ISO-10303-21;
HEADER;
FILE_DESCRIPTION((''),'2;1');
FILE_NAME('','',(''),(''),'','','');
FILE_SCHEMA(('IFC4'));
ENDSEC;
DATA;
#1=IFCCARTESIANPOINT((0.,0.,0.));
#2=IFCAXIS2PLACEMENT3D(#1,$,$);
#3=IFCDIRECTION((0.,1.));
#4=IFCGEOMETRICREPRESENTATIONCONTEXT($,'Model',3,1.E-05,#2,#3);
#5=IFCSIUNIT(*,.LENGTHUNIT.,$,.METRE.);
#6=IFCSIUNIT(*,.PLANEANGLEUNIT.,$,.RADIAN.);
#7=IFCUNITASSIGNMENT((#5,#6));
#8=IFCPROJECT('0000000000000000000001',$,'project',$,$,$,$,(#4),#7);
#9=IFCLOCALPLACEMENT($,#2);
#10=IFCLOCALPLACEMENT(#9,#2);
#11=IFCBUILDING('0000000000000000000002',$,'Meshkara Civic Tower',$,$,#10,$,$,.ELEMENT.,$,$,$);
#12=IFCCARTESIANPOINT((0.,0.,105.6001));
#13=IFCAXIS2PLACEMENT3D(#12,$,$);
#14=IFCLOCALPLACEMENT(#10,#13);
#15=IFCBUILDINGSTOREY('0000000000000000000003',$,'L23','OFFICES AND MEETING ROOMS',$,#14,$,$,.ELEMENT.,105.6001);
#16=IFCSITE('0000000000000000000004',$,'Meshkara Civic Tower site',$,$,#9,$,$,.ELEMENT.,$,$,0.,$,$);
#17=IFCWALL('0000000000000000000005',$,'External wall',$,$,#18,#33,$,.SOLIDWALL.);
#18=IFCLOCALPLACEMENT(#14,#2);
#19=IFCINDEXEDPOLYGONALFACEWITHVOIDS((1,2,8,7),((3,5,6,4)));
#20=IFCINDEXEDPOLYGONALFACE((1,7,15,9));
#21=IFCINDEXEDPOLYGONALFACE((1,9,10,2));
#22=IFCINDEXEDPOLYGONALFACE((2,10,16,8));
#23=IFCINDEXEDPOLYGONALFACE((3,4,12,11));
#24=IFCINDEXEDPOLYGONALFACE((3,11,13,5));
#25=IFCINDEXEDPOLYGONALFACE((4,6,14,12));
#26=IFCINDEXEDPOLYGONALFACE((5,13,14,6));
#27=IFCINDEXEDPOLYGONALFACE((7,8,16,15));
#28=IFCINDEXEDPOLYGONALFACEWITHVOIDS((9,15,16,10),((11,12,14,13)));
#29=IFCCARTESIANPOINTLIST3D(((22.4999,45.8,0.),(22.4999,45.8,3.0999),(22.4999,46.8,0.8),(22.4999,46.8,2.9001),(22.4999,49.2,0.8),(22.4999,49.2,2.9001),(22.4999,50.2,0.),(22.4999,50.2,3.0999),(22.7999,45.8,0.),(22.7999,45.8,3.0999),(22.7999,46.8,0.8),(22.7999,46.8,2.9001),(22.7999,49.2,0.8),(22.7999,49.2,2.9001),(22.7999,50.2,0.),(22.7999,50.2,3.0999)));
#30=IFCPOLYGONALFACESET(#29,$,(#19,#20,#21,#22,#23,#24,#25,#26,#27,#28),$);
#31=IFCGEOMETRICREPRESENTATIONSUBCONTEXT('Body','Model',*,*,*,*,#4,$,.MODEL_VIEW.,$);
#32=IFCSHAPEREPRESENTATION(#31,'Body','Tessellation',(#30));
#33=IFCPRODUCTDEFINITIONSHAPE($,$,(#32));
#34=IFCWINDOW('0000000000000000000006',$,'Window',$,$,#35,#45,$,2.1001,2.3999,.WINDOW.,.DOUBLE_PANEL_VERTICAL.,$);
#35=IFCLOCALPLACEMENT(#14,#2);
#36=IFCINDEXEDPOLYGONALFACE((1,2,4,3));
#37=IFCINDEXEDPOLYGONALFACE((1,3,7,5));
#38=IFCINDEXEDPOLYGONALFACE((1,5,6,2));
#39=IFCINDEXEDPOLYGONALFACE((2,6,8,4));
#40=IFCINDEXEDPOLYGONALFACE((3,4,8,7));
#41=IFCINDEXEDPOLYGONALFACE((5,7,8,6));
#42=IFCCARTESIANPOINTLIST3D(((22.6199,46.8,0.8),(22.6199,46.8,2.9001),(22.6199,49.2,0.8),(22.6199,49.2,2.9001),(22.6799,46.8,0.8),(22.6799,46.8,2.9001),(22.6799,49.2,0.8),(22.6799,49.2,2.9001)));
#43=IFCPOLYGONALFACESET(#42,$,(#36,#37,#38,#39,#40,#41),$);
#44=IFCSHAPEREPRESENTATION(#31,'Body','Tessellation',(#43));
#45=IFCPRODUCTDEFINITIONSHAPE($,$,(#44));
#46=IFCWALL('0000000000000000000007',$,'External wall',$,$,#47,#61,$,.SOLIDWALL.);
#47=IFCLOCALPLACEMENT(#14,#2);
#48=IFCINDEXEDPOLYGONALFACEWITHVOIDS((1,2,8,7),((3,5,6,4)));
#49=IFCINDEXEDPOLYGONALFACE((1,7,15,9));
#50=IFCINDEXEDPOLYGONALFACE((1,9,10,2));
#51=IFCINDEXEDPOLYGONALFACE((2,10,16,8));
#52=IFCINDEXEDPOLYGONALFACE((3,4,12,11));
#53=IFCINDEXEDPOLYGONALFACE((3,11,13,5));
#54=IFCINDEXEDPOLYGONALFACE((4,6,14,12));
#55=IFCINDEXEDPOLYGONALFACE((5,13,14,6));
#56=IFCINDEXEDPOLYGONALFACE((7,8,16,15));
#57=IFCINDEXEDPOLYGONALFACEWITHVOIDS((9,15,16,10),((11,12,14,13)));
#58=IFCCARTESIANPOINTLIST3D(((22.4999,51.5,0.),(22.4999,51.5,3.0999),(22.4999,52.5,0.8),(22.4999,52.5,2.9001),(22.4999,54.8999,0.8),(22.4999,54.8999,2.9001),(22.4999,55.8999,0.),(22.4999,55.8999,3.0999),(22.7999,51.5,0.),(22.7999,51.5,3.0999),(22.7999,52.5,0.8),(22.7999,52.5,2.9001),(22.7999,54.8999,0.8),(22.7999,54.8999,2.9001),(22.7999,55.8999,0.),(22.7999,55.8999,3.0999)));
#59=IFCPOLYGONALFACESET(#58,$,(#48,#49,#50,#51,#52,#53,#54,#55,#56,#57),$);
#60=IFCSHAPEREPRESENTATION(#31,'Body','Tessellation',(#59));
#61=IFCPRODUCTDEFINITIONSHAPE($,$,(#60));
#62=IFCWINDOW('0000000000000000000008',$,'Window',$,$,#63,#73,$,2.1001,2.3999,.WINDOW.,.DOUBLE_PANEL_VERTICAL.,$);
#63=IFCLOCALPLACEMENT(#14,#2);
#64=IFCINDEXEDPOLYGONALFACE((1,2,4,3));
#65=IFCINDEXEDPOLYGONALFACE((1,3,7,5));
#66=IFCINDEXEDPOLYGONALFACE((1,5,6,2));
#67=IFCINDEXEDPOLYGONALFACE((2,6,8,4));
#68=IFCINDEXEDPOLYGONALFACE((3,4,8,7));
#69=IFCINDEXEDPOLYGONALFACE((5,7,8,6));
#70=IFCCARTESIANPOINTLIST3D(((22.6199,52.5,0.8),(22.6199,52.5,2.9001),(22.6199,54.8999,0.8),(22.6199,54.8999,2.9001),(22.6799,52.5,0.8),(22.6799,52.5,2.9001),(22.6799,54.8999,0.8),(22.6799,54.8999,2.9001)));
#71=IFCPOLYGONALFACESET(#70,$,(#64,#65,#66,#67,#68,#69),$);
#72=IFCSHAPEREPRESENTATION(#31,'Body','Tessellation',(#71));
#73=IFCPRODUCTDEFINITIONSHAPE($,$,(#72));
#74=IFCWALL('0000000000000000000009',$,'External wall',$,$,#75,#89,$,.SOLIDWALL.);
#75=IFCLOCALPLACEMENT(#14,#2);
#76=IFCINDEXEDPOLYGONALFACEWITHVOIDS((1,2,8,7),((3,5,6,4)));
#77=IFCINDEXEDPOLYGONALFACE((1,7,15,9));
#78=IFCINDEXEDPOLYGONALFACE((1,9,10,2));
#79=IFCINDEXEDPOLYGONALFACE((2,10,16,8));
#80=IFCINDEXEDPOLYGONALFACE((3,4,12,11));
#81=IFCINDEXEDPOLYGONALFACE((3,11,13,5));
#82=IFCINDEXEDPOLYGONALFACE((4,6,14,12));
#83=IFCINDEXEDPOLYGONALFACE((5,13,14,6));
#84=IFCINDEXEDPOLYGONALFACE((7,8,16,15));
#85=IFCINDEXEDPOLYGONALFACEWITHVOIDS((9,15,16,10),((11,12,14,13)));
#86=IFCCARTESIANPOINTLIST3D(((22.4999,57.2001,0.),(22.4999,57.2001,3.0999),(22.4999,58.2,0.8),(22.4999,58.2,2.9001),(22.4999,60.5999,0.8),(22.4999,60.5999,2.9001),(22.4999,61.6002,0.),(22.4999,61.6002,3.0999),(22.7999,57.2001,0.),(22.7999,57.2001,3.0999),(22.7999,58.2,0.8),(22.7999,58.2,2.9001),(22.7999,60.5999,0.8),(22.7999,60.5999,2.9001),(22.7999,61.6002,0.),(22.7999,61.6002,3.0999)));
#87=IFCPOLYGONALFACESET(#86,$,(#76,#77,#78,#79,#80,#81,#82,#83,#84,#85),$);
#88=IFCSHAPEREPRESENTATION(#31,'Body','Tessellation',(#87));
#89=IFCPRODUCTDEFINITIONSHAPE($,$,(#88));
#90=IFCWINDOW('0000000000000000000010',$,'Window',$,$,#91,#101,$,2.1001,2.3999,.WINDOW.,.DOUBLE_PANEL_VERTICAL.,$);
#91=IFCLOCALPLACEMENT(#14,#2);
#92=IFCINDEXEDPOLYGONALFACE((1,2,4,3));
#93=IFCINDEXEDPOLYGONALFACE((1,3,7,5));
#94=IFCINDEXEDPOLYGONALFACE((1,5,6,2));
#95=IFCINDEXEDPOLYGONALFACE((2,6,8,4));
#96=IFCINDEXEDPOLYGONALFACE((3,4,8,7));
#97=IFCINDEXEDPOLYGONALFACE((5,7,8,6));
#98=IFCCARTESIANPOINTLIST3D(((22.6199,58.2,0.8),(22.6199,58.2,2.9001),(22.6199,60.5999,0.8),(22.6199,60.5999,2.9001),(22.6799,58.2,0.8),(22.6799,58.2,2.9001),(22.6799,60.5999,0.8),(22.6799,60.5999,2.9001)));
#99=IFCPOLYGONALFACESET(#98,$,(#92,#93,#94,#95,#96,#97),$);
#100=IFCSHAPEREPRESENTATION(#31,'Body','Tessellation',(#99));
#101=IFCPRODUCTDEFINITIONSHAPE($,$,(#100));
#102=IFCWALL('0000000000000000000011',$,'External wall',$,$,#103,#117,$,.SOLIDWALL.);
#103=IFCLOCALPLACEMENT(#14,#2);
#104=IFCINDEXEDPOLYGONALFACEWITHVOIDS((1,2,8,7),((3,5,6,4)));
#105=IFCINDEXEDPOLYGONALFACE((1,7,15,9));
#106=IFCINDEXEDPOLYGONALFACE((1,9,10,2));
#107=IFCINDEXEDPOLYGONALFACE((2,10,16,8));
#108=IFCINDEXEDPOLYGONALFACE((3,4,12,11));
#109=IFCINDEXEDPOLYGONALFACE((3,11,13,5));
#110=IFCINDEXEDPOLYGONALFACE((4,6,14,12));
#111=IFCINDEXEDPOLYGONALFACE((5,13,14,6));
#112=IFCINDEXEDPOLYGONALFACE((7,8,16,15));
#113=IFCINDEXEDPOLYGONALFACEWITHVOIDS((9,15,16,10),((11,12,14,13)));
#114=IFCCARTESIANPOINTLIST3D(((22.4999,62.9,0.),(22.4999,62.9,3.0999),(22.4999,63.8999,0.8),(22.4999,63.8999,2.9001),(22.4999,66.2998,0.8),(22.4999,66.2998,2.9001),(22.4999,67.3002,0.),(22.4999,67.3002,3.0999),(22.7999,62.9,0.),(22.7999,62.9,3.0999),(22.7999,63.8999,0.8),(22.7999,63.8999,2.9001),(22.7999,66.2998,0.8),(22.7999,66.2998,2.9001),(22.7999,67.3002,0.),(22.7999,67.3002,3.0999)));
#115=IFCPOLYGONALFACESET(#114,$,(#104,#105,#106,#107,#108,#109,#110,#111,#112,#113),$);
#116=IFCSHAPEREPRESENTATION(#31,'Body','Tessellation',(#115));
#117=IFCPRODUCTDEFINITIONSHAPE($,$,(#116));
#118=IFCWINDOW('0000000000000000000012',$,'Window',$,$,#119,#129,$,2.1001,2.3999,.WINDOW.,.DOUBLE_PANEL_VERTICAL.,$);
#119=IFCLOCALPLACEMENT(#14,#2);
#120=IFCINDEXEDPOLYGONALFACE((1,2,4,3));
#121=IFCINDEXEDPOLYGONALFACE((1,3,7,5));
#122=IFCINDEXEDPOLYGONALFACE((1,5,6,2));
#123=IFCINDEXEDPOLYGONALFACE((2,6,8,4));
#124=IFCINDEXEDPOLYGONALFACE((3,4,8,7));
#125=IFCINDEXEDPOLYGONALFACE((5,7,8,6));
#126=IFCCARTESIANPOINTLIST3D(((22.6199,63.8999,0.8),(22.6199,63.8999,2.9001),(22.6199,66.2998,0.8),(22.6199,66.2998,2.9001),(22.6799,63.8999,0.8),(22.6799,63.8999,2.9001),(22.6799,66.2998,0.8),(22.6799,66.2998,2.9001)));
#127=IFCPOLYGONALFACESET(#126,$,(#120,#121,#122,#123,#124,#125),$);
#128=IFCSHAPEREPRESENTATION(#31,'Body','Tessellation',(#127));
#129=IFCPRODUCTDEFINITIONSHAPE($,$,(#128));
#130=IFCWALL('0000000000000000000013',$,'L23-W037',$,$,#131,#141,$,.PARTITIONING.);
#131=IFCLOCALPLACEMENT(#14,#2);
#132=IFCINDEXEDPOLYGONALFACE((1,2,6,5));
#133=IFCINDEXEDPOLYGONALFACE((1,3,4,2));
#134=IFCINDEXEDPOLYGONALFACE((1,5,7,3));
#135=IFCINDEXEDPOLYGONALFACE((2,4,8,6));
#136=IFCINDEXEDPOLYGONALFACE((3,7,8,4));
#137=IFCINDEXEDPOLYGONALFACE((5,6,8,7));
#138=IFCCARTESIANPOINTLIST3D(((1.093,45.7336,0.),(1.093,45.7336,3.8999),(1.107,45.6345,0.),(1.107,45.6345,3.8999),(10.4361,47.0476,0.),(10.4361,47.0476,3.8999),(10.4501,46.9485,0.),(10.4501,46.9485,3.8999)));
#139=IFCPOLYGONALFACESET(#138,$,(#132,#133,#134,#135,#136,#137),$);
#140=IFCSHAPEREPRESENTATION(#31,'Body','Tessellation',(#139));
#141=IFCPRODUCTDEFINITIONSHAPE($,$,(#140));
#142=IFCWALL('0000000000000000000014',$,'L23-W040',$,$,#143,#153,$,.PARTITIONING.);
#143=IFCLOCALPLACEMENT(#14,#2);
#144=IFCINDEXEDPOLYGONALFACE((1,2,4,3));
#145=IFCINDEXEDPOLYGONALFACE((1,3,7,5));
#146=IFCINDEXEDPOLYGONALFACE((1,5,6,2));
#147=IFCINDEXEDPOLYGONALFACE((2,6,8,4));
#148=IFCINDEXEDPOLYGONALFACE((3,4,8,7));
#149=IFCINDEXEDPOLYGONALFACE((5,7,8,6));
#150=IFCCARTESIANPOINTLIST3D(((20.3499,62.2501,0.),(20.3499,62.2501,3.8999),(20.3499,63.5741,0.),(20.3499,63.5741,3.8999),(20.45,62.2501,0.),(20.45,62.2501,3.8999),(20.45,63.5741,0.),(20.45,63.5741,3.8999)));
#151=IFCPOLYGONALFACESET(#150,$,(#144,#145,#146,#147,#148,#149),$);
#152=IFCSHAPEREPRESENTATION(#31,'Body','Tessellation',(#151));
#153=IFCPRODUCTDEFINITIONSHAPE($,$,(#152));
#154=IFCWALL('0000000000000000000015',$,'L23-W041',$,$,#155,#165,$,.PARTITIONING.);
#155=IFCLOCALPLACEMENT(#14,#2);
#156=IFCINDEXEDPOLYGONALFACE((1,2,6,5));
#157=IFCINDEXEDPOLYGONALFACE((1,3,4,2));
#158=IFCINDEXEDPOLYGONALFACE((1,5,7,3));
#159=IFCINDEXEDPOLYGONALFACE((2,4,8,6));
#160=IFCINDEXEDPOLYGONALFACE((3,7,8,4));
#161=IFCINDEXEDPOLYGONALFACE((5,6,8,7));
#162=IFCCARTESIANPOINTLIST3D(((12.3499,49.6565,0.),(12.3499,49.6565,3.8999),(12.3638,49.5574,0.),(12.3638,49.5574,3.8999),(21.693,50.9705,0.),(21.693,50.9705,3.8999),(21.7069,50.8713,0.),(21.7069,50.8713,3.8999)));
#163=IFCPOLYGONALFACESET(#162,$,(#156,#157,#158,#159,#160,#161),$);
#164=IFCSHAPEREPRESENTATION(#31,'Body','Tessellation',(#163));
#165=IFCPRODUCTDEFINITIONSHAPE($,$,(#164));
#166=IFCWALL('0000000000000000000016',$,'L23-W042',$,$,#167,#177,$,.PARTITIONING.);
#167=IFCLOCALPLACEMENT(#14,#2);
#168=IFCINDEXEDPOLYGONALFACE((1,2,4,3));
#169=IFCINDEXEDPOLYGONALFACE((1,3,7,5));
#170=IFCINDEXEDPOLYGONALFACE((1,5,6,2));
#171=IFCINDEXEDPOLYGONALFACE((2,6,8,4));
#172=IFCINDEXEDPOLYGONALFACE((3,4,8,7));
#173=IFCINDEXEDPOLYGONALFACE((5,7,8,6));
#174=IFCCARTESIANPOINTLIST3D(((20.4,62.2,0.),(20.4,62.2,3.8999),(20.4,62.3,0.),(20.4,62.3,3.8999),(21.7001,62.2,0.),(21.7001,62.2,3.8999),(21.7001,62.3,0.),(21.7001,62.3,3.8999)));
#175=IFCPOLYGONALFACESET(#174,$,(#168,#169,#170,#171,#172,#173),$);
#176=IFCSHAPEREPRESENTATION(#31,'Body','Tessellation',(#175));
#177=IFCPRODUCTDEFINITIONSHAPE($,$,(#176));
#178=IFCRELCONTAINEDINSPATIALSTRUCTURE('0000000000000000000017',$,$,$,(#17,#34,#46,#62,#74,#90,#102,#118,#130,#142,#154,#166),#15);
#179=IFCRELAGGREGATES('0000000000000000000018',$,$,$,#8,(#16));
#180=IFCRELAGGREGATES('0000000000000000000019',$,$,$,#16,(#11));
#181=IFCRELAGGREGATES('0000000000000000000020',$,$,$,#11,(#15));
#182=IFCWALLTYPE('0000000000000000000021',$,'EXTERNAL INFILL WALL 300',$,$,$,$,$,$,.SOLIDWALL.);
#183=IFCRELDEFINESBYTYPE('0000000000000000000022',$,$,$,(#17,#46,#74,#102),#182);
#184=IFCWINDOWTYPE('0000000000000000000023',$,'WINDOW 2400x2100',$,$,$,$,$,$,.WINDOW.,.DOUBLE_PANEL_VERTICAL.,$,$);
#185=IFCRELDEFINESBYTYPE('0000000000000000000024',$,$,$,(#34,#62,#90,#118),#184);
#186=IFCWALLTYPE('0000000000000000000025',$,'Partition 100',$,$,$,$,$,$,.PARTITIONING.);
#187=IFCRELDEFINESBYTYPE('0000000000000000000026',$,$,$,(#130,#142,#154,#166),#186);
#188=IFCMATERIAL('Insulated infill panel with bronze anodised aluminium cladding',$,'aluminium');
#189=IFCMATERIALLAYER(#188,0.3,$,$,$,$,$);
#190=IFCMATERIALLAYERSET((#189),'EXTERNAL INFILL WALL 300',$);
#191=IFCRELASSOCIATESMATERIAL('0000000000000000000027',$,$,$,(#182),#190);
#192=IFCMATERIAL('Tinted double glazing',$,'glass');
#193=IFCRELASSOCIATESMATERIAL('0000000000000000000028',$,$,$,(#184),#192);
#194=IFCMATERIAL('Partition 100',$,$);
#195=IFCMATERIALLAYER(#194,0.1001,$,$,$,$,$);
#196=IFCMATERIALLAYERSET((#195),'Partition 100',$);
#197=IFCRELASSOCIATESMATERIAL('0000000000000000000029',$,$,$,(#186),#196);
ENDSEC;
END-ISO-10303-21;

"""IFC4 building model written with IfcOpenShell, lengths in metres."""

from ifc_helpers import new_model, si_unit, direction, frame, frame_2d, origin, place, context, subcontext, project, spatial, rectangle, extrude, material, layer, layer_set, type_object, element, fill, save


model = new_model("IFC4")

# Units and contexts
model_context = context("Model", 3, precision=1e-05, world=origin(), true_north=direction((0.0, 1.0)))
body_context = subcontext(model_context, "Body", "Model", "MODEL_VIEW")
ifc_project = project(units=[si_unit("LENGTHUNIT", "METRE"), si_unit("PLANEANGLEUNIT", "RADIAN")], contexts=[model_context])

# Site, building, storey
site_placement = place(None, origin())
site = spatial("IfcSite", under=ifc_project, at=site_placement, Name="Meshkara Civic Tower site", CompositionType="ELEMENT", RefElevation=0.0)
building_placement = place(site_placement, origin())
building = spatial("IfcBuilding", under=site, at=building_placement, Name="Meshkara Civic Tower", CompositionType="ELEMENT")
storey_placement = place(building_placement, frame((0.0, 0.0, 105.6001)))
storey = spatial("IfcBuildingStorey", under=building, at=storey_placement, Name="L23", Description="OFFICES AND MEETING ROOMS", CompositionType="ELEMENT", Elevation=105.6001)

# Walls, openings, windows
ifc_material_1 = material(Name="Insulated infill panel with bronze anodised aluminium cladding", Category="aluminium")
ifc_layer_1 = layer(ifc_material_1, 0.3)
ifc_layer_set_1 = layer_set([ifc_layer_1], Name="EXTERNAL INFILL WALL 300")
wall_type_1 = type_object("IfcWallType", Name="EXTERNAL INFILL WALL 300", PredefinedType="SOLIDWALL", material=ifc_layer_set_1)
ifc_material_2 = material(Name="Tinted double glazing", Category="glass")
window_type = type_object("IfcWindowType", Name="WINDOW 2400x2100", PartitioningType="DOUBLE_PANEL_VERTICAL", PredefinedType="WINDOW", material=ifc_material_2)
wall_1_placement = place(storey_placement, frame((22.6499, 45.8, 0.0), z_axis=(0.0, 0.0, 1.0), x_axis=(0.0, 1.0, 0.0)))
wall_1 = element("IfcWall", 1, at=wall_1_placement, inside=storey, type_object=wall_type_1, Name="External wall", PredefinedType="SOLIDWALL", context=body_context, shape_type="SweptSolid", body=[
    extrude(rectangle(XDim=4.3999, YDim=0.3, at=frame_2d((2.2, 0.0))), origin(), (0.0, 0.0, 1.0), 3.0999),
])
opening_1_placement = place(wall_1_placement, frame((1.0, 0.0, 0.8)))
opening_1 = element("IfcOpeningElement", 2, at=opening_1_placement, cuts=wall_1, PredefinedType="OPENING", context=body_context, shape_type="SweptSolid", body=[
    extrude(rectangle(XDim=2.3999, YDim=2.1001, at=frame_2d((1.2, 1.05))), frame((0.0, 0.1599, 0.0), z_axis=(0.0, -1.0, 0.0), x_axis=(1.0, 0.0, 0.0)), (0.0, 0.0, 1.0), 0.3201),
])
window_1_placement = place(opening_1_placement, origin())
window_1 = element("IfcWindow", 3, at=window_1_placement, inside=storey, type_object=window_type, Name="Window", OverallHeight=2.1001, OverallWidth=2.3999, PartitioningType="DOUBLE_PANEL_VERTICAL", PredefinedType="WINDOW", context=body_context, shape_type="SweptSolid", body=[
    extrude(rectangle(XDim=2.3999, YDim=2.1001, at=frame_2d((1.2, 1.05))), frame((0.0, 0.03, 0.0), z_axis=(0.0, -1.0, 0.0), x_axis=(1.0, 0.0, 0.0)), (0.0, 0.0, 1.0), 0.0601),
])
fill(opening_1, window_1)
wall_2_placement = place(storey_placement, frame((22.6499, 51.5, 0.0), z_axis=(0.0, 0.0, 1.0), x_axis=(0.0, 1.0, 0.0)))
wall_2 = element("IfcWall", 4, at=wall_2_placement, inside=storey, type_object=wall_type_1, Name="External wall", PredefinedType="SOLIDWALL", context=body_context, shape_type="SweptSolid", body=[
    extrude(rectangle(XDim=4.3999, YDim=0.3, at=frame_2d((2.2, 0.0))), origin(), (0.0, 0.0, 1.0), 3.0999),
])
opening_2_placement = place(wall_2_placement, frame((1.0, 0.0, 0.8)))
opening_2 = element("IfcOpeningElement", 5, at=opening_2_placement, cuts=wall_2, PredefinedType="OPENING", context=body_context, shape_type="SweptSolid", body=[
    extrude(rectangle(XDim=2.3999, YDim=2.1001, at=frame_2d((1.2, 1.05))), frame((0.0, 0.1599, 0.0), z_axis=(0.0, -1.0, 0.0), x_axis=(1.0, 0.0, 0.0)), (0.0, 0.0, 1.0), 0.3201),
])
window_2_placement = place(opening_2_placement, origin())
window_2 = element("IfcWindow", 6, at=window_2_placement, inside=storey, type_object=window_type, Name="Window", OverallHeight=2.1001, OverallWidth=2.3999, PartitioningType="DOUBLE_PANEL_VERTICAL", PredefinedType="WINDOW", context=body_context, shape_type="SweptSolid", body=[
    extrude(rectangle(XDim=2.3999, YDim=2.1001, at=frame_2d((1.2, 1.05))), frame((0.0, 0.03, 0.0), z_axis=(0.0, -1.0, 0.0), x_axis=(1.0, 0.0, 0.0)), (0.0, 0.0, 1.0), 0.0601),
])
fill(opening_2, window_2)
wall_3_placement = place(storey_placement, frame((22.6499, 57.2, 0.0), z_axis=(0.0, 0.0, 1.0), x_axis=(0.0, 1.0, 0.0)))
wall_3 = element("IfcWall", 7, at=wall_3_placement, inside=storey, type_object=wall_type_1, Name="External wall", PredefinedType="SOLIDWALL", context=body_context, shape_type="SweptSolid", body=[
    extrude(rectangle(XDim=4.4001, YDim=0.3, at=frame_2d((2.2002, 0.0))), origin(), (0.0, 0.0, 1.0), 3.0999),
])
opening_3_placement = place(wall_3_placement, frame((1.0, 0.0, 0.8)))
opening_3 = element("IfcOpeningElement", 8, at=opening_3_placement, cuts=wall_3, PredefinedType="OPENING", context=body_context, shape_type="SweptSolid", body=[
    extrude(rectangle(XDim=2.3999, YDim=2.1001, at=frame_2d((1.2, 1.05))), frame((0.0, 0.1599, 0.0), z_axis=(0.0, -1.0, 0.0), x_axis=(1.0, 0.0, 0.0)), (0.0, 0.0, 1.0), 0.3201),
])
window_3_placement = place(opening_3_placement, origin())
window_3 = element("IfcWindow", 9, at=window_3_placement, inside=storey, type_object=window_type, Name="Window", OverallHeight=2.1001, OverallWidth=2.3999, PartitioningType="DOUBLE_PANEL_VERTICAL", PredefinedType="WINDOW", context=body_context, shape_type="SweptSolid", body=[
    extrude(rectangle(XDim=2.3999, YDim=2.1001, at=frame_2d((1.2, 1.05))), frame((0.0, 0.03, 0.0), z_axis=(0.0, -1.0, 0.0), x_axis=(1.0, 0.0, 0.0)), (0.0, 0.0, 1.0), 0.0601),
])
fill(opening_3, window_3)
wall_4_placement = place(storey_placement, frame((22.6499, 62.8999, 0.0), z_axis=(0.0, 0.0, 1.0), x_axis=(0.0, 1.0, 0.0)))
wall_4 = element("IfcWall", 10, at=wall_4_placement, inside=storey, type_object=wall_type_1, Name="External wall", PredefinedType="SOLIDWALL", context=body_context, shape_type="SweptSolid", body=[
    extrude(rectangle(XDim=4.4001, YDim=0.3, at=frame_2d((2.2002, 0.0))), origin(), (0.0, 0.0, 1.0), 3.0999),
])
opening_4_placement = place(wall_4_placement, frame((1.0, 0.0, 0.8)))
opening_4 = element("IfcOpeningElement", 11, at=opening_4_placement, cuts=wall_4, PredefinedType="OPENING", context=body_context, shape_type="SweptSolid", body=[
    extrude(rectangle(XDim=2.3999, YDim=2.1001, at=frame_2d((1.2, 1.05))), frame((0.0, 0.1599, 0.0), z_axis=(0.0, -1.0, 0.0), x_axis=(1.0, 0.0, 0.0)), (0.0, 0.0, 1.0), 0.3201),
])
window_4_placement = place(opening_4_placement, origin())
window_4 = element("IfcWindow", 12, at=window_4_placement, inside=storey, type_object=window_type, Name="Window", OverallHeight=2.1001, OverallWidth=2.3999, PartitioningType="DOUBLE_PANEL_VERTICAL", PredefinedType="WINDOW", context=body_context, shape_type="SweptSolid", body=[
    extrude(rectangle(XDim=2.3999, YDim=2.1001, at=frame_2d((1.2, 1.05))), frame((0.0, 0.03, 0.0), z_axis=(0.0, -1.0, 0.0), x_axis=(1.0, 0.0, 0.0)), (0.0, 0.0, 1.0), 0.0601),
])
fill(opening_4, window_4)

# Walls
ifc_material_3 = material(Name="Partition 100")
ifc_layer_2 = layer(ifc_material_3, 0.1001)
ifc_layer_set_2 = layer_set([ifc_layer_2], Name="Partition 100")
wall_type_2 = type_object("IfcWallType", Name="Partition 100", PredefinedType="PARTITIONING", material=ifc_layer_set_2)
wall_5_placement = place(storey_placement, frame((10.4431, 46.998, 0.0), z_axis=(0.0, 0.0, 1.0), x_axis=(-0.990255, -0.139266, 0.0)))
element("IfcWall", 13, at=wall_5_placement, inside=storey, type_object=wall_type_2, Name="L23-W037", PredefinedType="PARTITIONING", context=body_context, shape_type="SweptSolid", body=[
    extrude(rectangle(XDim=9.4351, YDim=0.1001, at=frame_2d((4.7175, 0.0))), origin(), (0.0, 0.0, 1.0), 3.8999),
])
wall_6_placement = place(storey_placement, frame((20.3999, 62.25, 0.0), z_axis=(0.0, 0.0, 1.0), x_axis=(0.0, 1.0, 0.0)))
element("IfcWall", 14, at=wall_6_placement, inside=storey, type_object=wall_type_2, Name="L23-W040", PredefinedType="PARTITIONING", context=body_context, shape_type="SweptSolid", body=[
    extrude(rectangle(XDim=1.324, YDim=0.1001, at=frame_2d((0.6621, 0.0))), origin(), (0.0, 0.0, 1.0), 3.8999),
])
wall_7_placement = place(storey_placement, frame((21.7, 50.9209, 0.0), z_axis=(0.0, 0.0, 1.0), x_axis=(-0.990255, -0.139266, 0.0)))
element("IfcWall", 15, at=wall_7_placement, inside=storey, type_object=wall_type_2, Name="L23-W041", PredefinedType="PARTITIONING", context=body_context, shape_type="SweptSolid", body=[
    extrude(rectangle(XDim=9.4351, YDim=0.1001, at=frame_2d((4.7175, 0.0))), origin(), (0.0, 0.0, 1.0), 3.8999),
])
wall_8_placement = place(storey_placement, frame((21.7, 62.25, 0.0), z_axis=(0.0, 0.0, 1.0), x_axis=(-1.0, 0.0, 0.0)))
element("IfcWall", 16, at=wall_8_placement, inside=storey, type_object=wall_type_2, Name="L23-W042", PredefinedType="PARTITIONING", context=body_context, shape_type="SweptSolid", body=[
    extrude(rectangle(XDim=1.3, YDim=0.1001, at=frame_2d((0.6499, 0.0))), origin(), (0.0, 0.0, 1.0), 3.8999),
])

save(model, "model.ifc")
